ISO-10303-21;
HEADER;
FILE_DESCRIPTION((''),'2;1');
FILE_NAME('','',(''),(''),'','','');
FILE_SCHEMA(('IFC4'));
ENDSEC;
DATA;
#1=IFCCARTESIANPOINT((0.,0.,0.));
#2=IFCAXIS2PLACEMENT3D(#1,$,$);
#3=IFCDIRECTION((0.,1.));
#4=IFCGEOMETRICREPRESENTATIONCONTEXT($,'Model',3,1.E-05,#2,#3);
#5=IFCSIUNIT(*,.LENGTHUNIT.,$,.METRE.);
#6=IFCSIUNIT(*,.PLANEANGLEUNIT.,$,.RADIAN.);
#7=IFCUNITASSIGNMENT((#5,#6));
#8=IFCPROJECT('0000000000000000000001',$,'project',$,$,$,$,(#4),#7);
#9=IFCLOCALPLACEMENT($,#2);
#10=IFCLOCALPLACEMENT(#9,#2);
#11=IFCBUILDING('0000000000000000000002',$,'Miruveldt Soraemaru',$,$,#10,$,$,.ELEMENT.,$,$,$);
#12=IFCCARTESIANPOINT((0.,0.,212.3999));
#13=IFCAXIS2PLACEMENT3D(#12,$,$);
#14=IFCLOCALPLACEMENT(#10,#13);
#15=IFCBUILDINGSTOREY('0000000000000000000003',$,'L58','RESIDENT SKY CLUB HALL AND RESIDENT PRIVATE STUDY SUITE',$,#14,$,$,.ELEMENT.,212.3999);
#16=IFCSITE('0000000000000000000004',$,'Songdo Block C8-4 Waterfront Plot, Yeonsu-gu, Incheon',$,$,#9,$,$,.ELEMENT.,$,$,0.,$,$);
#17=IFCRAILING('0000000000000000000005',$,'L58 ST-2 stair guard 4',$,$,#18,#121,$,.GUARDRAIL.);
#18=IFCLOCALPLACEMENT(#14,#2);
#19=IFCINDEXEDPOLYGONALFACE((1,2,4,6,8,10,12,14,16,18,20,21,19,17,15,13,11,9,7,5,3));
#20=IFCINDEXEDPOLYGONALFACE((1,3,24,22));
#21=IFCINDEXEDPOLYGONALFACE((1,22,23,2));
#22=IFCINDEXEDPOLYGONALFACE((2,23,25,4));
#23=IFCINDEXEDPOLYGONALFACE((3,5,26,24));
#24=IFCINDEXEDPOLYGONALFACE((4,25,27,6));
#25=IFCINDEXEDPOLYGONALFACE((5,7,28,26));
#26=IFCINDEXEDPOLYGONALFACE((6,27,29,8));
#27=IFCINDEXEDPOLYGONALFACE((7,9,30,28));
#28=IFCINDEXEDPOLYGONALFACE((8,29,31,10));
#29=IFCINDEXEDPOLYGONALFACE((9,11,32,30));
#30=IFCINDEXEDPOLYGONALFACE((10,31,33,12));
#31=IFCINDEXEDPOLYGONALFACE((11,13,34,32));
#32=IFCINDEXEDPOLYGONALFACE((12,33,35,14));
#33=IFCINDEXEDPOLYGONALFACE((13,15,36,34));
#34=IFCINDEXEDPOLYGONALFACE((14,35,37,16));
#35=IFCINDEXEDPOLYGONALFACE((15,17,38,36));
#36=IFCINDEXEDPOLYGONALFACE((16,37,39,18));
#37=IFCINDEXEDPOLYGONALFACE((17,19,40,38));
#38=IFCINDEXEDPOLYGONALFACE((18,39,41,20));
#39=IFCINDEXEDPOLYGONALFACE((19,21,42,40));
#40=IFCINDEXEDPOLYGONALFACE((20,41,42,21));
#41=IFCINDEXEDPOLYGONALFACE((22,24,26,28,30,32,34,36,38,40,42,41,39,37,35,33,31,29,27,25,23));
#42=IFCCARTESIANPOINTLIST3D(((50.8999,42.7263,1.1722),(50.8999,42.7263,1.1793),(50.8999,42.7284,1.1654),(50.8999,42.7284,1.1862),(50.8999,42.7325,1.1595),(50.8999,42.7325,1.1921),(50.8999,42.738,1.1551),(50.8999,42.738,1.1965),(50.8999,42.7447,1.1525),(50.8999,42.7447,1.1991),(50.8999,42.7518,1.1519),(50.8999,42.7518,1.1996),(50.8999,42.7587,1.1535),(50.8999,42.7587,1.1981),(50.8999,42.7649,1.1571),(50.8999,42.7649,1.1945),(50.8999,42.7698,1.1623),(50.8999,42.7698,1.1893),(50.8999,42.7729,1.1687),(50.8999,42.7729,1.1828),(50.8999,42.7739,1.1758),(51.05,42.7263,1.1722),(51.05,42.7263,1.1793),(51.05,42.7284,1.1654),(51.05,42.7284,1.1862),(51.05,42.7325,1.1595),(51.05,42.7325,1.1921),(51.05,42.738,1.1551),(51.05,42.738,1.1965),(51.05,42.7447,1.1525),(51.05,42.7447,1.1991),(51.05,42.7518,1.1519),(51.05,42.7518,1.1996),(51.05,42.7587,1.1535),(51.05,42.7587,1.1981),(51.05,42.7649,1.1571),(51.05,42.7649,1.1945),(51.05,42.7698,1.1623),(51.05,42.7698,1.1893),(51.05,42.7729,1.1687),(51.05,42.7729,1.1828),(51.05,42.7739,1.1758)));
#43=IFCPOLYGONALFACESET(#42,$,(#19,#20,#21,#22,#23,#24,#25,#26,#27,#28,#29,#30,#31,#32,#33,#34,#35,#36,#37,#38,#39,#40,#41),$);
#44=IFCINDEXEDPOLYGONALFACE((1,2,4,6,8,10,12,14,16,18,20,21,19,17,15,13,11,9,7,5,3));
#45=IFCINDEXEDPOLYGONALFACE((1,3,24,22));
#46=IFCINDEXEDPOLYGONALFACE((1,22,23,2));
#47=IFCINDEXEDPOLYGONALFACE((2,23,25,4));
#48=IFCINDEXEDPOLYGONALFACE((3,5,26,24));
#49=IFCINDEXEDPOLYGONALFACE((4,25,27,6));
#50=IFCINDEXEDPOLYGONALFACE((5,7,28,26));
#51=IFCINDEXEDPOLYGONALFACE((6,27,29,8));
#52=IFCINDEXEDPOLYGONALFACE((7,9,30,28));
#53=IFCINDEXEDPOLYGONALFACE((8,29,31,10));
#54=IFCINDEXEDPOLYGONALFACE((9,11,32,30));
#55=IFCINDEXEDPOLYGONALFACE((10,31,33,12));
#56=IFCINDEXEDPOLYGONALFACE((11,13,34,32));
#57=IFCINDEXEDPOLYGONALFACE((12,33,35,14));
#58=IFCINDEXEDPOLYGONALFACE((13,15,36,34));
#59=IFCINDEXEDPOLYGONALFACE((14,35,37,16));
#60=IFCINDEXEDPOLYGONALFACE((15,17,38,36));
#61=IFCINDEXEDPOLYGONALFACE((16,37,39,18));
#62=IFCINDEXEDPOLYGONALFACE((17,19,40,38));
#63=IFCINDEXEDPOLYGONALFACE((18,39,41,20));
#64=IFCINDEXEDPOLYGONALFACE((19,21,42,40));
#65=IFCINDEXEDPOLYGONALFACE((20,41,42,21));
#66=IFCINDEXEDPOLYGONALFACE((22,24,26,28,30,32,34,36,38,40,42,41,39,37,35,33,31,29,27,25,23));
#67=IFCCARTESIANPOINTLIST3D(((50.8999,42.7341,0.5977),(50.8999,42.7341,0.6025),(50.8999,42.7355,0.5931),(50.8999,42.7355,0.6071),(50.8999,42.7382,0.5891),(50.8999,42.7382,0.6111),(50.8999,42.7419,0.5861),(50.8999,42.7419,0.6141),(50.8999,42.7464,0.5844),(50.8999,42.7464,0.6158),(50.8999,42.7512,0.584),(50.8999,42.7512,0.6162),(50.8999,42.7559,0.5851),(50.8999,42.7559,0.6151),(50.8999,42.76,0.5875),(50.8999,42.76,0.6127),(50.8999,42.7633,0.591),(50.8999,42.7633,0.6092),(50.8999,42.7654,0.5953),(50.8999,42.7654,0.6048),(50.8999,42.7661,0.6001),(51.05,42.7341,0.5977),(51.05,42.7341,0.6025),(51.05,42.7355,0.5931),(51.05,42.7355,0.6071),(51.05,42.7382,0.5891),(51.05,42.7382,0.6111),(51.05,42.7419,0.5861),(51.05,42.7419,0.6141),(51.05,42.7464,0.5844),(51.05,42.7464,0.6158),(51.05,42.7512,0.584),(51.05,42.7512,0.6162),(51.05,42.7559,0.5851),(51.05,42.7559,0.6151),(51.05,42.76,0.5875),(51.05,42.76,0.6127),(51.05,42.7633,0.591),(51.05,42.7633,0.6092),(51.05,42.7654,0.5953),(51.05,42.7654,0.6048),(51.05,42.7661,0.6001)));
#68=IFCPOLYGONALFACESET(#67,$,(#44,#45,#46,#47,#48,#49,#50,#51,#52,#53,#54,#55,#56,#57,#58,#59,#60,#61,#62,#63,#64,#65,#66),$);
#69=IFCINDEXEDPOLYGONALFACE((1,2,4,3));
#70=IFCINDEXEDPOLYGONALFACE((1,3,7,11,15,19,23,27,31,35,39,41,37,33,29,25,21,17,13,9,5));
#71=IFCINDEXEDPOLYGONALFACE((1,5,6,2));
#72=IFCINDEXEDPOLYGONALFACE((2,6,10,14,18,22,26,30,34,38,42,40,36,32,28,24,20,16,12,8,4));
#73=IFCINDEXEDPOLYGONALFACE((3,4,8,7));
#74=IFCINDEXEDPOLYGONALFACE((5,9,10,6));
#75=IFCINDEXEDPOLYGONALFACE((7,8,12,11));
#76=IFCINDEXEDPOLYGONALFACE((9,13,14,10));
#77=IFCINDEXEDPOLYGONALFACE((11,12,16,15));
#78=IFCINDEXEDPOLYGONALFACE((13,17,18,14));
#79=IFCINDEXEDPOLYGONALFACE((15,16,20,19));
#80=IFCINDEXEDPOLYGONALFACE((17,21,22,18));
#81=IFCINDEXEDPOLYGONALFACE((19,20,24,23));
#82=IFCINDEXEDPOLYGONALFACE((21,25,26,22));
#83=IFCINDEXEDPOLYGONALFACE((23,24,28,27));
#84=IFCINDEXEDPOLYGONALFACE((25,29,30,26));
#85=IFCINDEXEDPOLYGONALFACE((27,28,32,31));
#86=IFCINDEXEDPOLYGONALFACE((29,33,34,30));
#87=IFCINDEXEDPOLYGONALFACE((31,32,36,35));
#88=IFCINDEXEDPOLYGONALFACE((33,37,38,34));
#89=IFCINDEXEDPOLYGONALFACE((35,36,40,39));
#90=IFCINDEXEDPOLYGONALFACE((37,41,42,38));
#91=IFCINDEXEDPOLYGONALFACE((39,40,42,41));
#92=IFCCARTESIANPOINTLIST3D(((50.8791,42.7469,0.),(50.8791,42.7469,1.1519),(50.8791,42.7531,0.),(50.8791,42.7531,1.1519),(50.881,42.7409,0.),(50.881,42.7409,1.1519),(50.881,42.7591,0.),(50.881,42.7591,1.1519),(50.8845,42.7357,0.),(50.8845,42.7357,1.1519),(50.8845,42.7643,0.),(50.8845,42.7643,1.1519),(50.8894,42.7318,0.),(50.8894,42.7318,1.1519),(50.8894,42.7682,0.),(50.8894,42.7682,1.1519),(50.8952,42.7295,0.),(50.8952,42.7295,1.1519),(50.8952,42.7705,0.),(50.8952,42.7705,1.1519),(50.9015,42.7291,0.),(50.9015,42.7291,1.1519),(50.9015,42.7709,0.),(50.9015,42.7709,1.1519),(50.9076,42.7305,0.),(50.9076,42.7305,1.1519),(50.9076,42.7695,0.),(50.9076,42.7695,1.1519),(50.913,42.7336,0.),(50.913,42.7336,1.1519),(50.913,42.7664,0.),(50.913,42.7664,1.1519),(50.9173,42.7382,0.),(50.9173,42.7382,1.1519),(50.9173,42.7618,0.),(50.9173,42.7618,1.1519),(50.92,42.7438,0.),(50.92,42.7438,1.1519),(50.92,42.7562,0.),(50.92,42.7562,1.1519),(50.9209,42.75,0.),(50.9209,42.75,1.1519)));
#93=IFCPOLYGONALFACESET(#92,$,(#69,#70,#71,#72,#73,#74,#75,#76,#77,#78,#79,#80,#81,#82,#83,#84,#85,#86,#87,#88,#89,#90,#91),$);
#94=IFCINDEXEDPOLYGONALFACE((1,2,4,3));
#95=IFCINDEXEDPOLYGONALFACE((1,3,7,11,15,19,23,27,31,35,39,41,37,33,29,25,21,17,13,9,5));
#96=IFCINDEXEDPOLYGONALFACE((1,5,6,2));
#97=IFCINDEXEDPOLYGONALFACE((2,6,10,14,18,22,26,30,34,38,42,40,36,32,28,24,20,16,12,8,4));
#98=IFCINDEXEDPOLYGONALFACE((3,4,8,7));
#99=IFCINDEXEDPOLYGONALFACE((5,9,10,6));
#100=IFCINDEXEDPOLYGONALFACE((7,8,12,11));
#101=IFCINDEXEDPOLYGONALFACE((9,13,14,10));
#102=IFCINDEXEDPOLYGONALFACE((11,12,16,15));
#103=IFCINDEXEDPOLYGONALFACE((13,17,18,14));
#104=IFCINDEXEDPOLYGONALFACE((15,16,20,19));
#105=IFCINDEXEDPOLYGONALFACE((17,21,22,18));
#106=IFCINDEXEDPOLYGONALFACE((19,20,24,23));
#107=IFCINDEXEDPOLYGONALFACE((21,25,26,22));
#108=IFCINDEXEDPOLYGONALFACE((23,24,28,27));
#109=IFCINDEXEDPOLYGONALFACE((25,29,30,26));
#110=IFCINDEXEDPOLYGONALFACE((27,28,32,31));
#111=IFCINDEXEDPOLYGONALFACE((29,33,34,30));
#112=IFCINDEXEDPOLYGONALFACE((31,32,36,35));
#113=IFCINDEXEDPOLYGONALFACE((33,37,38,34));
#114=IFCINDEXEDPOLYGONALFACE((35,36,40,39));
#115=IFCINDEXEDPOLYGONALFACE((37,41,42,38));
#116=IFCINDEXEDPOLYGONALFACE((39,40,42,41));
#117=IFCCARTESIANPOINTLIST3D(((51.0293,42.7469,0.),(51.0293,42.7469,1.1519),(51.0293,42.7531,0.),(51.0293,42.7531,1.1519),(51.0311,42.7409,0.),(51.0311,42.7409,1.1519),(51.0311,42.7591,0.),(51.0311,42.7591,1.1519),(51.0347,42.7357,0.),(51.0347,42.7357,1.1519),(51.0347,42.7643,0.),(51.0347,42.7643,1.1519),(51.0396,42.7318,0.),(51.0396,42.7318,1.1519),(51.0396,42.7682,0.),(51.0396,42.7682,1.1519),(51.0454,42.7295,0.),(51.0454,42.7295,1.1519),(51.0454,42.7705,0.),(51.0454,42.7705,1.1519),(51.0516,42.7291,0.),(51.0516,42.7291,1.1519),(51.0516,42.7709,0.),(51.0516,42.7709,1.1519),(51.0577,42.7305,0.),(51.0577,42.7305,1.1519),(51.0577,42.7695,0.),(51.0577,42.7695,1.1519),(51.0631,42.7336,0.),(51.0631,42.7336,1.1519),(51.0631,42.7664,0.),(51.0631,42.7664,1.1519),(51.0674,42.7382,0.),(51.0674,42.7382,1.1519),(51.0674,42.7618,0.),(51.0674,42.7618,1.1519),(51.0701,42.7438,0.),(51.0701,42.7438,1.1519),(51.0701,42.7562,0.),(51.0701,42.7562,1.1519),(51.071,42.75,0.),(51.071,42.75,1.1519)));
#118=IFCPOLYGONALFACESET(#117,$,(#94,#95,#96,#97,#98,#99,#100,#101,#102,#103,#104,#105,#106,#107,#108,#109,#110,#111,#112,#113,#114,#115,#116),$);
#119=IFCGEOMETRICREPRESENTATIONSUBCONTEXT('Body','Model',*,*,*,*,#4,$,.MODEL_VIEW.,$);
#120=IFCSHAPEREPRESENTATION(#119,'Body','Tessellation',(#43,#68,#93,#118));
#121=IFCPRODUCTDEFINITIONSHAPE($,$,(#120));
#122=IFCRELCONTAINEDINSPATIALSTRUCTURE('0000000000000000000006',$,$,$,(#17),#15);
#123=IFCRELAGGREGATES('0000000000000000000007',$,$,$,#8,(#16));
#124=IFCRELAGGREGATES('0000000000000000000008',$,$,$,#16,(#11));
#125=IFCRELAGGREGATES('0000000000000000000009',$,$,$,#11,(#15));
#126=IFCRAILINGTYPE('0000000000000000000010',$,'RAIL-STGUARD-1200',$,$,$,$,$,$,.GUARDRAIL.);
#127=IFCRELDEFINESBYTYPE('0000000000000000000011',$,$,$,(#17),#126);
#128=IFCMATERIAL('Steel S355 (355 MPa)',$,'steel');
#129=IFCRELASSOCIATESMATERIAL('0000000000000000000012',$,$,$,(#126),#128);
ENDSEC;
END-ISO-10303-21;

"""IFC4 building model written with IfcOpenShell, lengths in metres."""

from ifc_helpers import new_model, si_unit, direction, frame, origin, origin_2d, place, context, subcontext, project, spatial, circle, extrude, material, type_object, element, save


model = new_model("IFC4")

# Units and contexts
model_context = context("Model", 3, precision=1e-05, world=origin(), true_north=direction((0.0, 1.0)))
body_context = subcontext(model_context, "Body", "Model", "MODEL_VIEW")
ifc_project = project(units=[si_unit("LENGTHUNIT", "METRE"), si_unit("PLANEANGLEUNIT", "RADIAN")], contexts=[model_context])

# Site, building, storey
site_placement = place(None, origin())
site = spatial("IfcSite", under=ifc_project, at=site_placement, Name="Songdo Block C8-4 Waterfront Plot, Yeonsu-gu, Incheon", CompositionType="ELEMENT", RefElevation=0.0)
building_placement = place(site_placement, origin())
building = spatial("IfcBuilding", under=site, at=building_placement, Name="Miruveldt Soraemaru", CompositionType="ELEMENT")
storey_placement = place(building_placement, frame((0.0, 0.0, 212.3999)))
storey = spatial("IfcBuildingStorey", under=building, at=storey_placement, Name="L58", Description="RESIDENT SKY CLUB HALL AND RESIDENT PRIVATE STUDY SUITE", CompositionType="ELEMENT", Elevation=212.3999)

# Railing
ifc_material_1 = material(Name="Steel S355 (355 MPa)", Category="steel")
railing_type_1 = type_object("IfcRailingType", Name="RAIL-STGUARD-1200", PredefinedType="GUARDRAIL", material=ifc_material_1)
railing_1_placement = place(storey_placement, frame((50.8999, 42.75, 0.0)))
element("IfcRailing", 1, at=railing_1_placement, inside=storey, type_object=railing_type_1, Name="L58 ST-2 stair guard 4", PredefinedType="GUARDRAIL", context=body_context, shape_type="SweptSolid", body=[
    extrude(circle(Radius=0.0239, at=origin_2d()), frame((0.0, 0.0, 1.1758), z_axis=(1.0, 0.0, 0.0), x_axis=(0.0, 1.0, 0.0)), (0.0, 0.0, 1.0), 0.1501),
    extrude(circle(Radius=0.0161, at=origin_2d()), frame((0.0, 0.0, 0.6001), z_axis=(1.0, 0.0, 0.0), x_axis=(0.0, 1.0, 0.0)), (0.0, 0.0, 1.0), 0.1501),
    extrude(circle(Radius=0.021, at=origin_2d()), origin(), (0.0, 0.0, 1.0), 1.1519),
    extrude(circle(Radius=0.021, at=origin_2d()), frame((0.1501, 0.0, 0.0)), (0.0, 0.0, 1.0), 1.1519),
])

save(model, "model.ifc")
